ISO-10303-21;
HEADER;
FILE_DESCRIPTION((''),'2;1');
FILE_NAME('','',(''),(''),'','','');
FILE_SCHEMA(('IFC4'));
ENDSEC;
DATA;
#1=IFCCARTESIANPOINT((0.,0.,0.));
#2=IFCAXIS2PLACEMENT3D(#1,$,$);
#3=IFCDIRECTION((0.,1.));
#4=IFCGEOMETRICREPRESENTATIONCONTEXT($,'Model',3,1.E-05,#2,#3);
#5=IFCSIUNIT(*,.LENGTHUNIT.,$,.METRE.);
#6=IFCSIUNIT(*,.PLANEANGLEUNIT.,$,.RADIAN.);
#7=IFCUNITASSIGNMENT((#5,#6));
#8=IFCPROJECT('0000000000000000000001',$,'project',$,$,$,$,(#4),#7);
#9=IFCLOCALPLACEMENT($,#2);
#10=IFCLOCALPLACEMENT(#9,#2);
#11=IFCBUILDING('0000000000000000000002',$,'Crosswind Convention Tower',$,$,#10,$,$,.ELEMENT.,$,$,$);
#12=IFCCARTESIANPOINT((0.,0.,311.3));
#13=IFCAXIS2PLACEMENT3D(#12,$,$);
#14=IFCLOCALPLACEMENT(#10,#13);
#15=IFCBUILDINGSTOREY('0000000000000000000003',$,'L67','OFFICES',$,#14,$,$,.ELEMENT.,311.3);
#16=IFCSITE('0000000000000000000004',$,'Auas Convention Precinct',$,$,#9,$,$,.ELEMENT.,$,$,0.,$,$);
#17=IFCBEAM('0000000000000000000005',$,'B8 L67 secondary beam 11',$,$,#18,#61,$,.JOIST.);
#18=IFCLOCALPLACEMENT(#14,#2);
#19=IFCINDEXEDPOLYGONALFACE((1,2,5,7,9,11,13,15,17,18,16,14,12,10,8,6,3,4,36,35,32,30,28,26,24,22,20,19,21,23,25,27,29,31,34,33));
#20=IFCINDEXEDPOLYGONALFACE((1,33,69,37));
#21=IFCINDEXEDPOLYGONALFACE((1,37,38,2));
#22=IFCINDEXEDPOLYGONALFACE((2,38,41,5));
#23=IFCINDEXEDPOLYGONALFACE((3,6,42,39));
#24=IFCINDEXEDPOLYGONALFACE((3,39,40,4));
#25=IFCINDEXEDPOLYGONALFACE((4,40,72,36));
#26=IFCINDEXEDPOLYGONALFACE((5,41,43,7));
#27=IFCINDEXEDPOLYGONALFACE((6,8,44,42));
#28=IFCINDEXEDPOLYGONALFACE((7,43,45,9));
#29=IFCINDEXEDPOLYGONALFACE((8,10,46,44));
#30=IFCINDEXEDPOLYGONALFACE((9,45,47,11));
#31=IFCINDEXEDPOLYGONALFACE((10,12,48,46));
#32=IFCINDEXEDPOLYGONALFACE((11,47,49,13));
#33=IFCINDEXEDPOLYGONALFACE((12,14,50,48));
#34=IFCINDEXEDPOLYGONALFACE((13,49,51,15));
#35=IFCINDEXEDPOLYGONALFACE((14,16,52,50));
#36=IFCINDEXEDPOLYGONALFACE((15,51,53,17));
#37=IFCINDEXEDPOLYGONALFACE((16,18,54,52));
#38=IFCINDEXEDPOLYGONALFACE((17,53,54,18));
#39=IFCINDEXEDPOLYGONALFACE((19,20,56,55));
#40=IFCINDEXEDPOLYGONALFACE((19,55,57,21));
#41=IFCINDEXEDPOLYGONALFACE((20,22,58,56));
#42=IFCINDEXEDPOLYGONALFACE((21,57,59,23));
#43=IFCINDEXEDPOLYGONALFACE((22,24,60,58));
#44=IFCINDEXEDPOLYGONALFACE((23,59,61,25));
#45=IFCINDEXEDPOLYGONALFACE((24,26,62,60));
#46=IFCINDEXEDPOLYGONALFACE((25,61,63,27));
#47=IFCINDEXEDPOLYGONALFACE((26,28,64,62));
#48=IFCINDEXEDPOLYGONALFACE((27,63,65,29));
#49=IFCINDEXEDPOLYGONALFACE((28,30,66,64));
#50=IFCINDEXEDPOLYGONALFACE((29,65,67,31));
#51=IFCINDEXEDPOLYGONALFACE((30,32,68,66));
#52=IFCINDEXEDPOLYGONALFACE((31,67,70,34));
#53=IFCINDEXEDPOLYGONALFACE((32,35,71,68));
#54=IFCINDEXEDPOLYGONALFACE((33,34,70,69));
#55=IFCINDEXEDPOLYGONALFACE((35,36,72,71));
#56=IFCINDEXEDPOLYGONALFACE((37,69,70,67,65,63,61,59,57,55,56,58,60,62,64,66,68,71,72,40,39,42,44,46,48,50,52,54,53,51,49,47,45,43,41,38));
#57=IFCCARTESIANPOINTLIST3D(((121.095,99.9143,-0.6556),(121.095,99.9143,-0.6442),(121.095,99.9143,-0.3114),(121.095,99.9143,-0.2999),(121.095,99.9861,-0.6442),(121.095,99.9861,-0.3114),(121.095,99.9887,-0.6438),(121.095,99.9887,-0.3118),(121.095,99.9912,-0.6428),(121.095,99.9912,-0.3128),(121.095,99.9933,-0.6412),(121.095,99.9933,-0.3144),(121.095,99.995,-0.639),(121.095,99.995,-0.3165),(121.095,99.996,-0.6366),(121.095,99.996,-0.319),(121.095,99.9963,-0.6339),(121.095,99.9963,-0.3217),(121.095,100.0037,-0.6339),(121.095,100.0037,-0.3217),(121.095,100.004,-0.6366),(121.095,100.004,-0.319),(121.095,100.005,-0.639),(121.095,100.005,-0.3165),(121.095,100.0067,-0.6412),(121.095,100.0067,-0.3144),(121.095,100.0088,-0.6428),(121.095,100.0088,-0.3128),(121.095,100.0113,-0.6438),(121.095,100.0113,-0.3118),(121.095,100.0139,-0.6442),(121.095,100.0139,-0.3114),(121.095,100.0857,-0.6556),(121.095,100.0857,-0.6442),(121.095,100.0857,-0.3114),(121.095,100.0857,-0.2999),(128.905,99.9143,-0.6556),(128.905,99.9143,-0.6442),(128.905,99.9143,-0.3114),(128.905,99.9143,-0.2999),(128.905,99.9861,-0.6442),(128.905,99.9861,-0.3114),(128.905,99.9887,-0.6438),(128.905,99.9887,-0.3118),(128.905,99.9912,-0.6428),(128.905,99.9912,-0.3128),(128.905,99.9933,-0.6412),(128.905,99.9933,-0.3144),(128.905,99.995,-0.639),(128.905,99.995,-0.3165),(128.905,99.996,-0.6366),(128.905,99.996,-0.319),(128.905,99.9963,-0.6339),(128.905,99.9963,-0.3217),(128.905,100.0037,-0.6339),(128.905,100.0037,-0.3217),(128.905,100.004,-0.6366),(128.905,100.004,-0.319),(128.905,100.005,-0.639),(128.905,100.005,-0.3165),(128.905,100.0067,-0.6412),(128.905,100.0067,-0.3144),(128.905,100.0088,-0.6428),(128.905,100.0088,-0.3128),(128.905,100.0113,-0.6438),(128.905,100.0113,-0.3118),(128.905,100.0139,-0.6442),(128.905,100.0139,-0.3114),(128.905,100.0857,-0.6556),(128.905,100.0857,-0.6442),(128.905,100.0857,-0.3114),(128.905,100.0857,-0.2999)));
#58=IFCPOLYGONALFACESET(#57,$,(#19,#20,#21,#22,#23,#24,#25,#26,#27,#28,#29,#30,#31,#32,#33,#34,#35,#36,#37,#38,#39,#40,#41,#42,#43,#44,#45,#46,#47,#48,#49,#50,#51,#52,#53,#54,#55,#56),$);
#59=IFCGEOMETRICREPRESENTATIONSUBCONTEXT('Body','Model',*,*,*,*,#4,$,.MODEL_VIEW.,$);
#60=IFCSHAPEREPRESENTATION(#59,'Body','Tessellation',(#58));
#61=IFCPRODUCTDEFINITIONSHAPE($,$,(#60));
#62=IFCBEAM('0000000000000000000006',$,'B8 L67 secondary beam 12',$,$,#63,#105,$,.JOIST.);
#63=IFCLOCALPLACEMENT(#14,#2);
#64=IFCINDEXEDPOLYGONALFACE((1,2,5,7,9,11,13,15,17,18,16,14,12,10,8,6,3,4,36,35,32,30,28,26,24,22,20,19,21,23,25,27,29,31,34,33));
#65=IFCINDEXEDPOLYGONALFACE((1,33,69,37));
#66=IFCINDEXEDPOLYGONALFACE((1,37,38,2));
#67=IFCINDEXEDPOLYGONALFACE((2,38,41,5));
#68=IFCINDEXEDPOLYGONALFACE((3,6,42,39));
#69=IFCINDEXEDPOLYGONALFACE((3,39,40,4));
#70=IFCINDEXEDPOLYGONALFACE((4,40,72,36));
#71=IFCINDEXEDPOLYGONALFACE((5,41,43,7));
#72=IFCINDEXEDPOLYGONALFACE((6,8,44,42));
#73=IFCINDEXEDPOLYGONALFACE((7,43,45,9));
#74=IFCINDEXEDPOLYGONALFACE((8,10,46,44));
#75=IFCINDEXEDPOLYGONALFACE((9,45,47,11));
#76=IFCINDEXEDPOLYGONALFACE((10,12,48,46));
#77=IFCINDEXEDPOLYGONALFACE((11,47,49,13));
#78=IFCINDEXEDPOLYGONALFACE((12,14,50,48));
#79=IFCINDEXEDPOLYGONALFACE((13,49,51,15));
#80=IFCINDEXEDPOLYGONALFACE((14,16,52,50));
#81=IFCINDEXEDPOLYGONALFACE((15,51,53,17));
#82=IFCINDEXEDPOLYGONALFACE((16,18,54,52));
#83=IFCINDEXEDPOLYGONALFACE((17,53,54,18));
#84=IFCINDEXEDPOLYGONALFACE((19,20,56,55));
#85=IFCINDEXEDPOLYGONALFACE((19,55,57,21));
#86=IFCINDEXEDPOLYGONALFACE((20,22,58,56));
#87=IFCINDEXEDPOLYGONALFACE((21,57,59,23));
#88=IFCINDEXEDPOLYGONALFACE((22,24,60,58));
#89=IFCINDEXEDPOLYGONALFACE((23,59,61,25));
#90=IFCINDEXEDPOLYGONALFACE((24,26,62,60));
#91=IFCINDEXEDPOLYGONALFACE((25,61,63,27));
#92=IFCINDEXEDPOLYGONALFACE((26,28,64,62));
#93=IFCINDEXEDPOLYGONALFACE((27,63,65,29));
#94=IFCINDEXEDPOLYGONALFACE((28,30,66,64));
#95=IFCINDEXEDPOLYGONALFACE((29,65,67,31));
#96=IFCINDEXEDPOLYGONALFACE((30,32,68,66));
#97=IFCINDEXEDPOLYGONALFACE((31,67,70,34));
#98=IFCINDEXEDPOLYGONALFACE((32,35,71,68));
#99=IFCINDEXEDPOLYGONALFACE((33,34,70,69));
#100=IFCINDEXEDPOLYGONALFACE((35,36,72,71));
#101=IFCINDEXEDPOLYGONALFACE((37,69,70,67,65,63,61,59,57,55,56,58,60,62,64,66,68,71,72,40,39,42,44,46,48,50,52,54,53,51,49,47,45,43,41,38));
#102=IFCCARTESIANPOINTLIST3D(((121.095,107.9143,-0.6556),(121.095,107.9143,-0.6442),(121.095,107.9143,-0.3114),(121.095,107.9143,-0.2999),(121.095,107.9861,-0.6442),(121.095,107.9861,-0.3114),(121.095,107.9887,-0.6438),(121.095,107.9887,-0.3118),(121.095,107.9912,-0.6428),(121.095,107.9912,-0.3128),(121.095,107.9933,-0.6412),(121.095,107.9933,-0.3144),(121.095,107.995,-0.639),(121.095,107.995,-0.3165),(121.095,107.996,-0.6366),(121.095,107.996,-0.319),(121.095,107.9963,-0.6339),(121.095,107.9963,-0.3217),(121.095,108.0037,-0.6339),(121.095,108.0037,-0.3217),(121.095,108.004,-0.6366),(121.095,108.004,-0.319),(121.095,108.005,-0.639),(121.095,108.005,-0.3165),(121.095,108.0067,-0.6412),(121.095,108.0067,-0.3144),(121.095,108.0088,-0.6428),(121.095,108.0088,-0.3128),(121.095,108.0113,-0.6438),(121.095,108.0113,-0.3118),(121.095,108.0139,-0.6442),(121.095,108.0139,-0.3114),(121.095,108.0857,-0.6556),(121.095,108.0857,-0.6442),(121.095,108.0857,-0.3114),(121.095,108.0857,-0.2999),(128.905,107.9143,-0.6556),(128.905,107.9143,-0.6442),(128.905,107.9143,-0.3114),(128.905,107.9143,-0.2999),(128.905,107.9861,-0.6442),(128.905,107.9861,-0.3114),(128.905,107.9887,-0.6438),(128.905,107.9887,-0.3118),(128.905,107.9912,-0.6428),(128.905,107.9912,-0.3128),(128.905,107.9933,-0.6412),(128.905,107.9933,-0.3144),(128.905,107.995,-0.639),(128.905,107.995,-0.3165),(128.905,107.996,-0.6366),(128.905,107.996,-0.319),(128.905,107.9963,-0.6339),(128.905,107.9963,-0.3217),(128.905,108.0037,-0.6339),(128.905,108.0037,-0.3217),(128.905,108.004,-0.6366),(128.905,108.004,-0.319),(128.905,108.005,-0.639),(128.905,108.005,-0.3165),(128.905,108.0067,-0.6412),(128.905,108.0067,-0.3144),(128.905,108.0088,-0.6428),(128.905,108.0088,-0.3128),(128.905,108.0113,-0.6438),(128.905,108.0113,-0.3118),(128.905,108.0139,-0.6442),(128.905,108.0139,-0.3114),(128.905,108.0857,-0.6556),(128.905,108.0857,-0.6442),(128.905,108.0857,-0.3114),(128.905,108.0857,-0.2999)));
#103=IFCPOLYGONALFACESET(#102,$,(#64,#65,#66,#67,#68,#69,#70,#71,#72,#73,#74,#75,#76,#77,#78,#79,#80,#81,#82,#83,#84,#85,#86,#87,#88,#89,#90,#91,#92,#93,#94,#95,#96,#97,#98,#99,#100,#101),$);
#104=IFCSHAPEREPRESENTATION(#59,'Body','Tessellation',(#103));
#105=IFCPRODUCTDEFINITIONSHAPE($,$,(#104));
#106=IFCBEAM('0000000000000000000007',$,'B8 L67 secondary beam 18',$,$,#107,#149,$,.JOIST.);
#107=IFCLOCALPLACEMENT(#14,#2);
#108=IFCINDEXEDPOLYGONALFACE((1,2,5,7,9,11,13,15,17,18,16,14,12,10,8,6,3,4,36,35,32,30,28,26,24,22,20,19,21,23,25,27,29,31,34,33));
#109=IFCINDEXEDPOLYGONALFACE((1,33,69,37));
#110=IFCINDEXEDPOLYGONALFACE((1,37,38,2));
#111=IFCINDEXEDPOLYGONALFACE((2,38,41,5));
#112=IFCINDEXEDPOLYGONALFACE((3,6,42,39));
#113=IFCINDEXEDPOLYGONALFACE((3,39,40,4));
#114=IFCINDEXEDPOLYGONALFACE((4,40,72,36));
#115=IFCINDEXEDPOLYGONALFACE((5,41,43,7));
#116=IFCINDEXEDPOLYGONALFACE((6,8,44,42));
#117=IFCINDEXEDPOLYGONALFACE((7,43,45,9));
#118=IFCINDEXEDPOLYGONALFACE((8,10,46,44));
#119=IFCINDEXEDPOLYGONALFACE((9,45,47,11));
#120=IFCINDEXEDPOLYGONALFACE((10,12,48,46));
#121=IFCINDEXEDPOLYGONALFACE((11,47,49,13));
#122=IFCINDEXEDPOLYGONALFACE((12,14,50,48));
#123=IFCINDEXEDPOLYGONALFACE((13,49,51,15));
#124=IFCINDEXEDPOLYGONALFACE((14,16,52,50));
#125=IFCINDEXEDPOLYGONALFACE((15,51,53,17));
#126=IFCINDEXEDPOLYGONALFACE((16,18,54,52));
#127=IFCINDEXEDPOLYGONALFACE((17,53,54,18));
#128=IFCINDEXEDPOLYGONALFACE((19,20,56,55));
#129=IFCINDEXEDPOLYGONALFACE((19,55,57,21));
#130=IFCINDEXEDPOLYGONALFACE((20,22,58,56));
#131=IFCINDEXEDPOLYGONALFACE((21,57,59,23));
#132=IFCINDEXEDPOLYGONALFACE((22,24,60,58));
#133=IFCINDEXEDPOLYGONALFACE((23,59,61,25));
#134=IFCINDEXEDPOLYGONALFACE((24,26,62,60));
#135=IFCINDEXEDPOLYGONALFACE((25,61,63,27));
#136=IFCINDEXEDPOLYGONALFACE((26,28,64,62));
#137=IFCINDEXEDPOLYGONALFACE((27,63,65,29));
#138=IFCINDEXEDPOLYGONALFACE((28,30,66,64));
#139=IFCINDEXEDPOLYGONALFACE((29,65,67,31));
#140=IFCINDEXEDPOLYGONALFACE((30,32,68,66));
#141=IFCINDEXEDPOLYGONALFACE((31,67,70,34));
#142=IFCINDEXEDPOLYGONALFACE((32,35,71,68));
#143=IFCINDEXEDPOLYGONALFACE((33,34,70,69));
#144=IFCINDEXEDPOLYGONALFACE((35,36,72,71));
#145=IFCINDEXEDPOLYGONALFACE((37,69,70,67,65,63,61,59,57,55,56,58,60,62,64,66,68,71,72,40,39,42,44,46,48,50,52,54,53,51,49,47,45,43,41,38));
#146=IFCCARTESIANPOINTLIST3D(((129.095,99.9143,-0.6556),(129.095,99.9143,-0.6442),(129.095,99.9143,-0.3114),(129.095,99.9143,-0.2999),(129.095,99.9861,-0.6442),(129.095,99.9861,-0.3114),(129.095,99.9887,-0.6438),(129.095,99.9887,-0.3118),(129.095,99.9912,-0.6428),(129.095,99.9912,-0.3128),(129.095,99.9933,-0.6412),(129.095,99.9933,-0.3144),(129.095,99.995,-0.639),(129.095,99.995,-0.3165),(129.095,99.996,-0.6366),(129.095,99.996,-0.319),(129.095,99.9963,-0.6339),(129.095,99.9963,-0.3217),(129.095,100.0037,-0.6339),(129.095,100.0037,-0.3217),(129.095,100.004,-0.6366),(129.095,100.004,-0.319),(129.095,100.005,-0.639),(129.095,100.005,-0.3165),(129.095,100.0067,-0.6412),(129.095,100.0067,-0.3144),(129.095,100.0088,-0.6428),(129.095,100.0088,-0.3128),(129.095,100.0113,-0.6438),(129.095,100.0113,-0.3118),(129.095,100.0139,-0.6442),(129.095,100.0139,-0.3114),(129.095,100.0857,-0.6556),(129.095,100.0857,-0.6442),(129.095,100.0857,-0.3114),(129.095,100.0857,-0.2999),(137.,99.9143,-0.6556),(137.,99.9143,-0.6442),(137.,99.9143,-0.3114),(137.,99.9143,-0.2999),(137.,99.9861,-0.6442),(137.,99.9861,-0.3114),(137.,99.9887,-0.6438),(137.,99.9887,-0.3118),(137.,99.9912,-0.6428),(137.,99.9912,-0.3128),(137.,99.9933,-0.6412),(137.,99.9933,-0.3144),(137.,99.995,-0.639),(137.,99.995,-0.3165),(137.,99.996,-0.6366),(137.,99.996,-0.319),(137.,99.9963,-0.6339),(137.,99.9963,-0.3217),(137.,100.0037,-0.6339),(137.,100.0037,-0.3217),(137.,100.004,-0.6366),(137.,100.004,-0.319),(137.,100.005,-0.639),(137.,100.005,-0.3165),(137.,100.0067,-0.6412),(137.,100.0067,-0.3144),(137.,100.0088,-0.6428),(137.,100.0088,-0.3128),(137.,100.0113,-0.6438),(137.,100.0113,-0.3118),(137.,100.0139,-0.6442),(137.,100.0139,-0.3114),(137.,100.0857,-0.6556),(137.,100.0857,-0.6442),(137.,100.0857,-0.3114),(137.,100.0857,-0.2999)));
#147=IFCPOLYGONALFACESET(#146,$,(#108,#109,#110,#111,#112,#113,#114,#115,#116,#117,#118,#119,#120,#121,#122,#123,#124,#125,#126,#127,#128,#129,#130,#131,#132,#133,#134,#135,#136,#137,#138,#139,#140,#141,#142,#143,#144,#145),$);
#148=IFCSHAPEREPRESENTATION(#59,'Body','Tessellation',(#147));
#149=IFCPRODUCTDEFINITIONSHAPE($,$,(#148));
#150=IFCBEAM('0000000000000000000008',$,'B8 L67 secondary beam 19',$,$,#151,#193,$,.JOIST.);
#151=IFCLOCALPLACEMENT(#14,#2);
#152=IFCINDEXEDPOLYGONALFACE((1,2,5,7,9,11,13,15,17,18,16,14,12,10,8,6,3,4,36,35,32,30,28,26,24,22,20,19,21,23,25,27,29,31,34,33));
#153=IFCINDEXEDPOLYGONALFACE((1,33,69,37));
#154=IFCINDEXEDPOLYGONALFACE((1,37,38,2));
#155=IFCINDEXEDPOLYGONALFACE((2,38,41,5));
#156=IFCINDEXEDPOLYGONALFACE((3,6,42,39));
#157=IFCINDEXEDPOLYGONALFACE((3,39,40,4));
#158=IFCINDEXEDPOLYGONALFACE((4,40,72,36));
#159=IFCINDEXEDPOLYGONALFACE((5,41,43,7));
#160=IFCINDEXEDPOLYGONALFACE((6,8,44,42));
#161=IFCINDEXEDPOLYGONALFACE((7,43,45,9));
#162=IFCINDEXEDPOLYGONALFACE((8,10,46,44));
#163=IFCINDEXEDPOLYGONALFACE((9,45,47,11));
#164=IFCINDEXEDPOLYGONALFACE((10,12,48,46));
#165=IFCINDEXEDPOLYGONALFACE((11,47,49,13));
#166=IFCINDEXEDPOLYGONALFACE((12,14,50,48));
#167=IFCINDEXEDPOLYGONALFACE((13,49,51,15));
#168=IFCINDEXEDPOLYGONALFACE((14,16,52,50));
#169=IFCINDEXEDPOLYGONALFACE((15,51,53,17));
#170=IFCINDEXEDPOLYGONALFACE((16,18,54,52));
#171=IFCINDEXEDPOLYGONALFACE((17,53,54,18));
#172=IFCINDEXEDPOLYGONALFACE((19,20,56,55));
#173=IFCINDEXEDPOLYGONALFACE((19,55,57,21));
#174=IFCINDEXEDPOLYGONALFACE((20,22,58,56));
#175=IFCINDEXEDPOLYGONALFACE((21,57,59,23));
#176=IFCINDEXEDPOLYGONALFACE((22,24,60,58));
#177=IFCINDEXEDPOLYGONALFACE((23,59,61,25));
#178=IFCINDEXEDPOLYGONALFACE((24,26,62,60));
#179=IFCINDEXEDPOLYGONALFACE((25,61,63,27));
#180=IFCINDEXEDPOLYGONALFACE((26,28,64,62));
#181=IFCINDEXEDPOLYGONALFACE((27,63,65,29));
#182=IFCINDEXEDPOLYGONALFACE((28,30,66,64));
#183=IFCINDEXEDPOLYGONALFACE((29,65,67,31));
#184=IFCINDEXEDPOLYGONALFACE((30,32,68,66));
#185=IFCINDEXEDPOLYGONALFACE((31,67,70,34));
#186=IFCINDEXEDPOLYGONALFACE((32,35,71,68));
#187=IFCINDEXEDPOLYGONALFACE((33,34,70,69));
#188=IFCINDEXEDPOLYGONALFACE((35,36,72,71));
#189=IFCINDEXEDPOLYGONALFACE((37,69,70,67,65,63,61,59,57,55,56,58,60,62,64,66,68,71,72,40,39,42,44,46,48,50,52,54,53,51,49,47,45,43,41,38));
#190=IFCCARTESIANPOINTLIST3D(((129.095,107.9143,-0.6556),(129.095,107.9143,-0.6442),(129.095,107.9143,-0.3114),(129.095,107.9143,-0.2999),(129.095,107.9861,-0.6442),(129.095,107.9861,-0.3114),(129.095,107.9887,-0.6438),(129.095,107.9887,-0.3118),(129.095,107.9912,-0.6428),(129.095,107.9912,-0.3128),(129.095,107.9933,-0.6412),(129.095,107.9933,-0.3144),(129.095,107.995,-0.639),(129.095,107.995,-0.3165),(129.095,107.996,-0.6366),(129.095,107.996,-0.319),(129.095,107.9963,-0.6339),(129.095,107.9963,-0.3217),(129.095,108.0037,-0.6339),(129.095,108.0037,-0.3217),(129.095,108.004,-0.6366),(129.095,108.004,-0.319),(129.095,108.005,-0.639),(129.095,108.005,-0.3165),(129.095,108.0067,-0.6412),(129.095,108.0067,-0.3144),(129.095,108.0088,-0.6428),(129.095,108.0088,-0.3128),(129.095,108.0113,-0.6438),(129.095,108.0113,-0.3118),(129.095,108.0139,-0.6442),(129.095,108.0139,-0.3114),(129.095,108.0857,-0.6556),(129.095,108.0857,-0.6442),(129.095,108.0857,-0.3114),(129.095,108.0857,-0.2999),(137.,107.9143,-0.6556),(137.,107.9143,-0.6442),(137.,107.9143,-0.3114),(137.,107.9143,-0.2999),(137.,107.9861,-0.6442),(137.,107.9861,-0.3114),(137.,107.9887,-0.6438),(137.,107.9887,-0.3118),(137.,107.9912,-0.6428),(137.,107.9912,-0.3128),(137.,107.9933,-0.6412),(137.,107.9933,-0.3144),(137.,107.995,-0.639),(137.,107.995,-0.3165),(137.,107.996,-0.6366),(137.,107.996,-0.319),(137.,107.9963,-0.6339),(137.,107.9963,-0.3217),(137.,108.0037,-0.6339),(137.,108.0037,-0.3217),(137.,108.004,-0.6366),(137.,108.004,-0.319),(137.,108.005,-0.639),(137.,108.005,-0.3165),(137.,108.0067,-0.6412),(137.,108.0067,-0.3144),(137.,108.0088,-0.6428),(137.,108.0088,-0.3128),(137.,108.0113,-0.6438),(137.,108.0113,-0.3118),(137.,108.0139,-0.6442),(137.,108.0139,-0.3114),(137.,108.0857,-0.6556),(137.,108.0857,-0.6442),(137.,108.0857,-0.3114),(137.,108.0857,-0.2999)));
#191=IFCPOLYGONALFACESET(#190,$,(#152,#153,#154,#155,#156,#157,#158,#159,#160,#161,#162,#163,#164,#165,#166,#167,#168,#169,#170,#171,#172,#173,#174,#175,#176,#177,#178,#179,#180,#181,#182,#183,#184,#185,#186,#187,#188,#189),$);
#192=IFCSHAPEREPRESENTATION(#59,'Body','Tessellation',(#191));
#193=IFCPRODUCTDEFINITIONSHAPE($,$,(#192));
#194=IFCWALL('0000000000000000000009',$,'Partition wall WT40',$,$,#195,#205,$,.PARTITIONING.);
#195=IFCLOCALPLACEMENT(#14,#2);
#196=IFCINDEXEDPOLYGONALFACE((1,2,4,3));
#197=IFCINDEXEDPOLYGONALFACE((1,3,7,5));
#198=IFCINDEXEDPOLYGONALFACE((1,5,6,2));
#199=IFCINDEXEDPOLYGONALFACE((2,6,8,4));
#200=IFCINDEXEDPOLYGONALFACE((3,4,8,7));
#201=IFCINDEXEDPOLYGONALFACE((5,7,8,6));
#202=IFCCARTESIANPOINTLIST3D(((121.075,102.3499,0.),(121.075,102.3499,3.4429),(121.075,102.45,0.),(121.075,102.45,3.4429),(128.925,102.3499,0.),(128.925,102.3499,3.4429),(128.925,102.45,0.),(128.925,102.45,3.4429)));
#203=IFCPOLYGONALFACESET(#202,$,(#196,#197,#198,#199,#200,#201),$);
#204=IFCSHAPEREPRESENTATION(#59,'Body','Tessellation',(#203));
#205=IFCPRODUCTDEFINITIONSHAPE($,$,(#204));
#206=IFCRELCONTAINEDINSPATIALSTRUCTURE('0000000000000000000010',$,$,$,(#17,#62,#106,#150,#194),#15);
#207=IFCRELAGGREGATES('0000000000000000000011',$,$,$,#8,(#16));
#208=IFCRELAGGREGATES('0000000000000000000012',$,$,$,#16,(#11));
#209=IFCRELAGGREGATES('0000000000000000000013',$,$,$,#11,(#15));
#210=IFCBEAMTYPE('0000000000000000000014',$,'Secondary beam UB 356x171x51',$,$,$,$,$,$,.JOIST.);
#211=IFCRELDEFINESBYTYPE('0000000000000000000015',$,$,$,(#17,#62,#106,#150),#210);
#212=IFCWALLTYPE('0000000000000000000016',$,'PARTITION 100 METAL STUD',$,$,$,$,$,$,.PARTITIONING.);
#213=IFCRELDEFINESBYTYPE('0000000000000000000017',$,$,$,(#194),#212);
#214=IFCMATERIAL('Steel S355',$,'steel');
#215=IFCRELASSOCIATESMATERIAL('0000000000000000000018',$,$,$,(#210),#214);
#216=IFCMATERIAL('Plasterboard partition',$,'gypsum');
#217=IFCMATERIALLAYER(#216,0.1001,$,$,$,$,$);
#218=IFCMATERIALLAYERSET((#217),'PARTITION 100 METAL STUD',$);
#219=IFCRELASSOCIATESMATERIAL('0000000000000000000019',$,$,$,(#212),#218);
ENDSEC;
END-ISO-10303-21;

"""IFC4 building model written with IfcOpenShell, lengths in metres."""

from ifc_helpers import new_model, si_unit, direction, frame, frame_2d, origin, origin_2d, place, context, subcontext, project, spatial, rectangle, i_section, extrude, material, layer, layer_set, material_profile, profile_set, type_object, element, save


model = new_model("IFC4")

# Units and contexts
model_context = context("Model", 3, precision=1e-05, world=origin(), true_north=direction((0.0, 1.0)))
body_context = subcontext(model_context, "Body", "Model", "MODEL_VIEW")
ifc_project = project(units=[si_unit("LENGTHUNIT", "METRE"), si_unit("PLANEANGLEUNIT", "RADIAN")], contexts=[model_context])

# Site, building, storey
site_placement = place(None, origin())
site = spatial("IfcSite", under=ifc_project, at=site_placement, Name="Auas Convention Precinct", CompositionType="ELEMENT", RefElevation=0.0)
building_placement = place(site_placement, origin())
building = spatial("IfcBuilding", under=site, at=building_placement, Name="Crosswind Convention Tower", CompositionType="ELEMENT")
storey_placement = place(building_placement, frame((0.0, 0.0, 311.3)))
storey = spatial("IfcBuildingStorey", under=building, at=storey_placement, Name="L67", Description="OFFICES", CompositionType="ELEMENT", Elevation=311.3)

# Beams
ifc_material_1 = material(Name="Steel S355", Category="steel")
ifc_material_profile_1 = material_profile(ifc_material_1, i_section(OverallWidth=0.1714, OverallDepth=0.3557, WebThickness=0.0073, FlangeThickness=0.0115, FilletRadius=0.0103, at=origin_2d()), Name="UB 356x171x51")
ifc_profile_set_1 = profile_set([ifc_material_profile_1], Name="Steel S355")
beam_type_1 = type_object("IfcBeamType", Name="Secondary beam UB 356x171x51", PredefinedType="JOIST", material=ifc_profile_set_1)
for number, where, z_axis, x_axis, name in (
    (1, (121.095, 100.0, -0.4778), (1.0, 0.0, 0.0), (0.0, 1.0, 0.0), "B8 L67 secondary beam 11"),
    (2, (121.095, 108.0, -0.4778), (1.0, 0.0, 0.0), (0.0, 1.0, 0.0), "B8 L67 secondary beam 12"),
):
    element("IfcBeam", number, at=place(storey_placement, frame(where, z_axis=z_axis, x_axis=x_axis)), inside=storey, type_object=beam_type_1, Name=name, PredefinedType="JOIST", context=body_context, shape_type="SweptSolid", body=[
        extrude(i_section(OverallWidth=0.1714, OverallDepth=0.3557, WebThickness=0.0073, FlangeThickness=0.0115, FilletRadius=0.0103, at=origin_2d()), origin(), (0.0, 0.0, 1.0), 7.8101),
    ])
for number, where, z_axis, x_axis, name in (
    (3, (129.095, 100.0, -0.4778), (1.0, 0.0, 0.0), (0.0, 1.0, 0.0), "B8 L67 secondary beam 18"),
    (4, (129.095, 108.0, -0.4778), (1.0, 0.0, 0.0), (0.0, 1.0, 0.0), "B8 L67 secondary beam 19"),
):
    element("IfcBeam", number, at=place(storey_placement, frame(where, z_axis=z_axis, x_axis=x_axis)), inside=storey, type_object=beam_type_1, Name=name, PredefinedType="JOIST", context=body_context, shape_type="SweptSolid", body=[
        extrude(i_section(OverallWidth=0.1714, OverallDepth=0.3557, WebThickness=0.0073, FlangeThickness=0.0115, FilletRadius=0.0103, at=origin_2d()), origin(), (0.0, 0.0, 1.0), 7.905),
    ])

# Wall
ifc_material_2 = material(Name="Plasterboard partition", Category="gypsum")
ifc_layer_1 = layer(ifc_material_2, 0.1001)
ifc_layer_set_1 = layer_set([ifc_layer_1], Name="PARTITION 100 METAL STUD")
wall_type_1 = type_object("IfcWallType", Name="PARTITION 100 METAL STUD", PredefinedType="PARTITIONING", material=ifc_layer_set_1)
wall_1_placement = place(storey_placement, frame((121.075, 102.3999, 0.0), z_axis=(0.0, 0.0, 1.0), x_axis=(1.0, 0.0, 0.0)))
element("IfcWall", 5, at=wall_1_placement, inside=storey, type_object=wall_type_1, Name="Partition wall WT40", PredefinedType="PARTITIONING", context=body_context, shape_type="SweptSolid", body=[
    extrude(rectangle(XDim=7.8501, YDim=0.1001, at=frame_2d((3.925, 0.0))), origin(), (0.0, 0.0, 1.0), 3.4429),
])

save(model, "model.ifc")
